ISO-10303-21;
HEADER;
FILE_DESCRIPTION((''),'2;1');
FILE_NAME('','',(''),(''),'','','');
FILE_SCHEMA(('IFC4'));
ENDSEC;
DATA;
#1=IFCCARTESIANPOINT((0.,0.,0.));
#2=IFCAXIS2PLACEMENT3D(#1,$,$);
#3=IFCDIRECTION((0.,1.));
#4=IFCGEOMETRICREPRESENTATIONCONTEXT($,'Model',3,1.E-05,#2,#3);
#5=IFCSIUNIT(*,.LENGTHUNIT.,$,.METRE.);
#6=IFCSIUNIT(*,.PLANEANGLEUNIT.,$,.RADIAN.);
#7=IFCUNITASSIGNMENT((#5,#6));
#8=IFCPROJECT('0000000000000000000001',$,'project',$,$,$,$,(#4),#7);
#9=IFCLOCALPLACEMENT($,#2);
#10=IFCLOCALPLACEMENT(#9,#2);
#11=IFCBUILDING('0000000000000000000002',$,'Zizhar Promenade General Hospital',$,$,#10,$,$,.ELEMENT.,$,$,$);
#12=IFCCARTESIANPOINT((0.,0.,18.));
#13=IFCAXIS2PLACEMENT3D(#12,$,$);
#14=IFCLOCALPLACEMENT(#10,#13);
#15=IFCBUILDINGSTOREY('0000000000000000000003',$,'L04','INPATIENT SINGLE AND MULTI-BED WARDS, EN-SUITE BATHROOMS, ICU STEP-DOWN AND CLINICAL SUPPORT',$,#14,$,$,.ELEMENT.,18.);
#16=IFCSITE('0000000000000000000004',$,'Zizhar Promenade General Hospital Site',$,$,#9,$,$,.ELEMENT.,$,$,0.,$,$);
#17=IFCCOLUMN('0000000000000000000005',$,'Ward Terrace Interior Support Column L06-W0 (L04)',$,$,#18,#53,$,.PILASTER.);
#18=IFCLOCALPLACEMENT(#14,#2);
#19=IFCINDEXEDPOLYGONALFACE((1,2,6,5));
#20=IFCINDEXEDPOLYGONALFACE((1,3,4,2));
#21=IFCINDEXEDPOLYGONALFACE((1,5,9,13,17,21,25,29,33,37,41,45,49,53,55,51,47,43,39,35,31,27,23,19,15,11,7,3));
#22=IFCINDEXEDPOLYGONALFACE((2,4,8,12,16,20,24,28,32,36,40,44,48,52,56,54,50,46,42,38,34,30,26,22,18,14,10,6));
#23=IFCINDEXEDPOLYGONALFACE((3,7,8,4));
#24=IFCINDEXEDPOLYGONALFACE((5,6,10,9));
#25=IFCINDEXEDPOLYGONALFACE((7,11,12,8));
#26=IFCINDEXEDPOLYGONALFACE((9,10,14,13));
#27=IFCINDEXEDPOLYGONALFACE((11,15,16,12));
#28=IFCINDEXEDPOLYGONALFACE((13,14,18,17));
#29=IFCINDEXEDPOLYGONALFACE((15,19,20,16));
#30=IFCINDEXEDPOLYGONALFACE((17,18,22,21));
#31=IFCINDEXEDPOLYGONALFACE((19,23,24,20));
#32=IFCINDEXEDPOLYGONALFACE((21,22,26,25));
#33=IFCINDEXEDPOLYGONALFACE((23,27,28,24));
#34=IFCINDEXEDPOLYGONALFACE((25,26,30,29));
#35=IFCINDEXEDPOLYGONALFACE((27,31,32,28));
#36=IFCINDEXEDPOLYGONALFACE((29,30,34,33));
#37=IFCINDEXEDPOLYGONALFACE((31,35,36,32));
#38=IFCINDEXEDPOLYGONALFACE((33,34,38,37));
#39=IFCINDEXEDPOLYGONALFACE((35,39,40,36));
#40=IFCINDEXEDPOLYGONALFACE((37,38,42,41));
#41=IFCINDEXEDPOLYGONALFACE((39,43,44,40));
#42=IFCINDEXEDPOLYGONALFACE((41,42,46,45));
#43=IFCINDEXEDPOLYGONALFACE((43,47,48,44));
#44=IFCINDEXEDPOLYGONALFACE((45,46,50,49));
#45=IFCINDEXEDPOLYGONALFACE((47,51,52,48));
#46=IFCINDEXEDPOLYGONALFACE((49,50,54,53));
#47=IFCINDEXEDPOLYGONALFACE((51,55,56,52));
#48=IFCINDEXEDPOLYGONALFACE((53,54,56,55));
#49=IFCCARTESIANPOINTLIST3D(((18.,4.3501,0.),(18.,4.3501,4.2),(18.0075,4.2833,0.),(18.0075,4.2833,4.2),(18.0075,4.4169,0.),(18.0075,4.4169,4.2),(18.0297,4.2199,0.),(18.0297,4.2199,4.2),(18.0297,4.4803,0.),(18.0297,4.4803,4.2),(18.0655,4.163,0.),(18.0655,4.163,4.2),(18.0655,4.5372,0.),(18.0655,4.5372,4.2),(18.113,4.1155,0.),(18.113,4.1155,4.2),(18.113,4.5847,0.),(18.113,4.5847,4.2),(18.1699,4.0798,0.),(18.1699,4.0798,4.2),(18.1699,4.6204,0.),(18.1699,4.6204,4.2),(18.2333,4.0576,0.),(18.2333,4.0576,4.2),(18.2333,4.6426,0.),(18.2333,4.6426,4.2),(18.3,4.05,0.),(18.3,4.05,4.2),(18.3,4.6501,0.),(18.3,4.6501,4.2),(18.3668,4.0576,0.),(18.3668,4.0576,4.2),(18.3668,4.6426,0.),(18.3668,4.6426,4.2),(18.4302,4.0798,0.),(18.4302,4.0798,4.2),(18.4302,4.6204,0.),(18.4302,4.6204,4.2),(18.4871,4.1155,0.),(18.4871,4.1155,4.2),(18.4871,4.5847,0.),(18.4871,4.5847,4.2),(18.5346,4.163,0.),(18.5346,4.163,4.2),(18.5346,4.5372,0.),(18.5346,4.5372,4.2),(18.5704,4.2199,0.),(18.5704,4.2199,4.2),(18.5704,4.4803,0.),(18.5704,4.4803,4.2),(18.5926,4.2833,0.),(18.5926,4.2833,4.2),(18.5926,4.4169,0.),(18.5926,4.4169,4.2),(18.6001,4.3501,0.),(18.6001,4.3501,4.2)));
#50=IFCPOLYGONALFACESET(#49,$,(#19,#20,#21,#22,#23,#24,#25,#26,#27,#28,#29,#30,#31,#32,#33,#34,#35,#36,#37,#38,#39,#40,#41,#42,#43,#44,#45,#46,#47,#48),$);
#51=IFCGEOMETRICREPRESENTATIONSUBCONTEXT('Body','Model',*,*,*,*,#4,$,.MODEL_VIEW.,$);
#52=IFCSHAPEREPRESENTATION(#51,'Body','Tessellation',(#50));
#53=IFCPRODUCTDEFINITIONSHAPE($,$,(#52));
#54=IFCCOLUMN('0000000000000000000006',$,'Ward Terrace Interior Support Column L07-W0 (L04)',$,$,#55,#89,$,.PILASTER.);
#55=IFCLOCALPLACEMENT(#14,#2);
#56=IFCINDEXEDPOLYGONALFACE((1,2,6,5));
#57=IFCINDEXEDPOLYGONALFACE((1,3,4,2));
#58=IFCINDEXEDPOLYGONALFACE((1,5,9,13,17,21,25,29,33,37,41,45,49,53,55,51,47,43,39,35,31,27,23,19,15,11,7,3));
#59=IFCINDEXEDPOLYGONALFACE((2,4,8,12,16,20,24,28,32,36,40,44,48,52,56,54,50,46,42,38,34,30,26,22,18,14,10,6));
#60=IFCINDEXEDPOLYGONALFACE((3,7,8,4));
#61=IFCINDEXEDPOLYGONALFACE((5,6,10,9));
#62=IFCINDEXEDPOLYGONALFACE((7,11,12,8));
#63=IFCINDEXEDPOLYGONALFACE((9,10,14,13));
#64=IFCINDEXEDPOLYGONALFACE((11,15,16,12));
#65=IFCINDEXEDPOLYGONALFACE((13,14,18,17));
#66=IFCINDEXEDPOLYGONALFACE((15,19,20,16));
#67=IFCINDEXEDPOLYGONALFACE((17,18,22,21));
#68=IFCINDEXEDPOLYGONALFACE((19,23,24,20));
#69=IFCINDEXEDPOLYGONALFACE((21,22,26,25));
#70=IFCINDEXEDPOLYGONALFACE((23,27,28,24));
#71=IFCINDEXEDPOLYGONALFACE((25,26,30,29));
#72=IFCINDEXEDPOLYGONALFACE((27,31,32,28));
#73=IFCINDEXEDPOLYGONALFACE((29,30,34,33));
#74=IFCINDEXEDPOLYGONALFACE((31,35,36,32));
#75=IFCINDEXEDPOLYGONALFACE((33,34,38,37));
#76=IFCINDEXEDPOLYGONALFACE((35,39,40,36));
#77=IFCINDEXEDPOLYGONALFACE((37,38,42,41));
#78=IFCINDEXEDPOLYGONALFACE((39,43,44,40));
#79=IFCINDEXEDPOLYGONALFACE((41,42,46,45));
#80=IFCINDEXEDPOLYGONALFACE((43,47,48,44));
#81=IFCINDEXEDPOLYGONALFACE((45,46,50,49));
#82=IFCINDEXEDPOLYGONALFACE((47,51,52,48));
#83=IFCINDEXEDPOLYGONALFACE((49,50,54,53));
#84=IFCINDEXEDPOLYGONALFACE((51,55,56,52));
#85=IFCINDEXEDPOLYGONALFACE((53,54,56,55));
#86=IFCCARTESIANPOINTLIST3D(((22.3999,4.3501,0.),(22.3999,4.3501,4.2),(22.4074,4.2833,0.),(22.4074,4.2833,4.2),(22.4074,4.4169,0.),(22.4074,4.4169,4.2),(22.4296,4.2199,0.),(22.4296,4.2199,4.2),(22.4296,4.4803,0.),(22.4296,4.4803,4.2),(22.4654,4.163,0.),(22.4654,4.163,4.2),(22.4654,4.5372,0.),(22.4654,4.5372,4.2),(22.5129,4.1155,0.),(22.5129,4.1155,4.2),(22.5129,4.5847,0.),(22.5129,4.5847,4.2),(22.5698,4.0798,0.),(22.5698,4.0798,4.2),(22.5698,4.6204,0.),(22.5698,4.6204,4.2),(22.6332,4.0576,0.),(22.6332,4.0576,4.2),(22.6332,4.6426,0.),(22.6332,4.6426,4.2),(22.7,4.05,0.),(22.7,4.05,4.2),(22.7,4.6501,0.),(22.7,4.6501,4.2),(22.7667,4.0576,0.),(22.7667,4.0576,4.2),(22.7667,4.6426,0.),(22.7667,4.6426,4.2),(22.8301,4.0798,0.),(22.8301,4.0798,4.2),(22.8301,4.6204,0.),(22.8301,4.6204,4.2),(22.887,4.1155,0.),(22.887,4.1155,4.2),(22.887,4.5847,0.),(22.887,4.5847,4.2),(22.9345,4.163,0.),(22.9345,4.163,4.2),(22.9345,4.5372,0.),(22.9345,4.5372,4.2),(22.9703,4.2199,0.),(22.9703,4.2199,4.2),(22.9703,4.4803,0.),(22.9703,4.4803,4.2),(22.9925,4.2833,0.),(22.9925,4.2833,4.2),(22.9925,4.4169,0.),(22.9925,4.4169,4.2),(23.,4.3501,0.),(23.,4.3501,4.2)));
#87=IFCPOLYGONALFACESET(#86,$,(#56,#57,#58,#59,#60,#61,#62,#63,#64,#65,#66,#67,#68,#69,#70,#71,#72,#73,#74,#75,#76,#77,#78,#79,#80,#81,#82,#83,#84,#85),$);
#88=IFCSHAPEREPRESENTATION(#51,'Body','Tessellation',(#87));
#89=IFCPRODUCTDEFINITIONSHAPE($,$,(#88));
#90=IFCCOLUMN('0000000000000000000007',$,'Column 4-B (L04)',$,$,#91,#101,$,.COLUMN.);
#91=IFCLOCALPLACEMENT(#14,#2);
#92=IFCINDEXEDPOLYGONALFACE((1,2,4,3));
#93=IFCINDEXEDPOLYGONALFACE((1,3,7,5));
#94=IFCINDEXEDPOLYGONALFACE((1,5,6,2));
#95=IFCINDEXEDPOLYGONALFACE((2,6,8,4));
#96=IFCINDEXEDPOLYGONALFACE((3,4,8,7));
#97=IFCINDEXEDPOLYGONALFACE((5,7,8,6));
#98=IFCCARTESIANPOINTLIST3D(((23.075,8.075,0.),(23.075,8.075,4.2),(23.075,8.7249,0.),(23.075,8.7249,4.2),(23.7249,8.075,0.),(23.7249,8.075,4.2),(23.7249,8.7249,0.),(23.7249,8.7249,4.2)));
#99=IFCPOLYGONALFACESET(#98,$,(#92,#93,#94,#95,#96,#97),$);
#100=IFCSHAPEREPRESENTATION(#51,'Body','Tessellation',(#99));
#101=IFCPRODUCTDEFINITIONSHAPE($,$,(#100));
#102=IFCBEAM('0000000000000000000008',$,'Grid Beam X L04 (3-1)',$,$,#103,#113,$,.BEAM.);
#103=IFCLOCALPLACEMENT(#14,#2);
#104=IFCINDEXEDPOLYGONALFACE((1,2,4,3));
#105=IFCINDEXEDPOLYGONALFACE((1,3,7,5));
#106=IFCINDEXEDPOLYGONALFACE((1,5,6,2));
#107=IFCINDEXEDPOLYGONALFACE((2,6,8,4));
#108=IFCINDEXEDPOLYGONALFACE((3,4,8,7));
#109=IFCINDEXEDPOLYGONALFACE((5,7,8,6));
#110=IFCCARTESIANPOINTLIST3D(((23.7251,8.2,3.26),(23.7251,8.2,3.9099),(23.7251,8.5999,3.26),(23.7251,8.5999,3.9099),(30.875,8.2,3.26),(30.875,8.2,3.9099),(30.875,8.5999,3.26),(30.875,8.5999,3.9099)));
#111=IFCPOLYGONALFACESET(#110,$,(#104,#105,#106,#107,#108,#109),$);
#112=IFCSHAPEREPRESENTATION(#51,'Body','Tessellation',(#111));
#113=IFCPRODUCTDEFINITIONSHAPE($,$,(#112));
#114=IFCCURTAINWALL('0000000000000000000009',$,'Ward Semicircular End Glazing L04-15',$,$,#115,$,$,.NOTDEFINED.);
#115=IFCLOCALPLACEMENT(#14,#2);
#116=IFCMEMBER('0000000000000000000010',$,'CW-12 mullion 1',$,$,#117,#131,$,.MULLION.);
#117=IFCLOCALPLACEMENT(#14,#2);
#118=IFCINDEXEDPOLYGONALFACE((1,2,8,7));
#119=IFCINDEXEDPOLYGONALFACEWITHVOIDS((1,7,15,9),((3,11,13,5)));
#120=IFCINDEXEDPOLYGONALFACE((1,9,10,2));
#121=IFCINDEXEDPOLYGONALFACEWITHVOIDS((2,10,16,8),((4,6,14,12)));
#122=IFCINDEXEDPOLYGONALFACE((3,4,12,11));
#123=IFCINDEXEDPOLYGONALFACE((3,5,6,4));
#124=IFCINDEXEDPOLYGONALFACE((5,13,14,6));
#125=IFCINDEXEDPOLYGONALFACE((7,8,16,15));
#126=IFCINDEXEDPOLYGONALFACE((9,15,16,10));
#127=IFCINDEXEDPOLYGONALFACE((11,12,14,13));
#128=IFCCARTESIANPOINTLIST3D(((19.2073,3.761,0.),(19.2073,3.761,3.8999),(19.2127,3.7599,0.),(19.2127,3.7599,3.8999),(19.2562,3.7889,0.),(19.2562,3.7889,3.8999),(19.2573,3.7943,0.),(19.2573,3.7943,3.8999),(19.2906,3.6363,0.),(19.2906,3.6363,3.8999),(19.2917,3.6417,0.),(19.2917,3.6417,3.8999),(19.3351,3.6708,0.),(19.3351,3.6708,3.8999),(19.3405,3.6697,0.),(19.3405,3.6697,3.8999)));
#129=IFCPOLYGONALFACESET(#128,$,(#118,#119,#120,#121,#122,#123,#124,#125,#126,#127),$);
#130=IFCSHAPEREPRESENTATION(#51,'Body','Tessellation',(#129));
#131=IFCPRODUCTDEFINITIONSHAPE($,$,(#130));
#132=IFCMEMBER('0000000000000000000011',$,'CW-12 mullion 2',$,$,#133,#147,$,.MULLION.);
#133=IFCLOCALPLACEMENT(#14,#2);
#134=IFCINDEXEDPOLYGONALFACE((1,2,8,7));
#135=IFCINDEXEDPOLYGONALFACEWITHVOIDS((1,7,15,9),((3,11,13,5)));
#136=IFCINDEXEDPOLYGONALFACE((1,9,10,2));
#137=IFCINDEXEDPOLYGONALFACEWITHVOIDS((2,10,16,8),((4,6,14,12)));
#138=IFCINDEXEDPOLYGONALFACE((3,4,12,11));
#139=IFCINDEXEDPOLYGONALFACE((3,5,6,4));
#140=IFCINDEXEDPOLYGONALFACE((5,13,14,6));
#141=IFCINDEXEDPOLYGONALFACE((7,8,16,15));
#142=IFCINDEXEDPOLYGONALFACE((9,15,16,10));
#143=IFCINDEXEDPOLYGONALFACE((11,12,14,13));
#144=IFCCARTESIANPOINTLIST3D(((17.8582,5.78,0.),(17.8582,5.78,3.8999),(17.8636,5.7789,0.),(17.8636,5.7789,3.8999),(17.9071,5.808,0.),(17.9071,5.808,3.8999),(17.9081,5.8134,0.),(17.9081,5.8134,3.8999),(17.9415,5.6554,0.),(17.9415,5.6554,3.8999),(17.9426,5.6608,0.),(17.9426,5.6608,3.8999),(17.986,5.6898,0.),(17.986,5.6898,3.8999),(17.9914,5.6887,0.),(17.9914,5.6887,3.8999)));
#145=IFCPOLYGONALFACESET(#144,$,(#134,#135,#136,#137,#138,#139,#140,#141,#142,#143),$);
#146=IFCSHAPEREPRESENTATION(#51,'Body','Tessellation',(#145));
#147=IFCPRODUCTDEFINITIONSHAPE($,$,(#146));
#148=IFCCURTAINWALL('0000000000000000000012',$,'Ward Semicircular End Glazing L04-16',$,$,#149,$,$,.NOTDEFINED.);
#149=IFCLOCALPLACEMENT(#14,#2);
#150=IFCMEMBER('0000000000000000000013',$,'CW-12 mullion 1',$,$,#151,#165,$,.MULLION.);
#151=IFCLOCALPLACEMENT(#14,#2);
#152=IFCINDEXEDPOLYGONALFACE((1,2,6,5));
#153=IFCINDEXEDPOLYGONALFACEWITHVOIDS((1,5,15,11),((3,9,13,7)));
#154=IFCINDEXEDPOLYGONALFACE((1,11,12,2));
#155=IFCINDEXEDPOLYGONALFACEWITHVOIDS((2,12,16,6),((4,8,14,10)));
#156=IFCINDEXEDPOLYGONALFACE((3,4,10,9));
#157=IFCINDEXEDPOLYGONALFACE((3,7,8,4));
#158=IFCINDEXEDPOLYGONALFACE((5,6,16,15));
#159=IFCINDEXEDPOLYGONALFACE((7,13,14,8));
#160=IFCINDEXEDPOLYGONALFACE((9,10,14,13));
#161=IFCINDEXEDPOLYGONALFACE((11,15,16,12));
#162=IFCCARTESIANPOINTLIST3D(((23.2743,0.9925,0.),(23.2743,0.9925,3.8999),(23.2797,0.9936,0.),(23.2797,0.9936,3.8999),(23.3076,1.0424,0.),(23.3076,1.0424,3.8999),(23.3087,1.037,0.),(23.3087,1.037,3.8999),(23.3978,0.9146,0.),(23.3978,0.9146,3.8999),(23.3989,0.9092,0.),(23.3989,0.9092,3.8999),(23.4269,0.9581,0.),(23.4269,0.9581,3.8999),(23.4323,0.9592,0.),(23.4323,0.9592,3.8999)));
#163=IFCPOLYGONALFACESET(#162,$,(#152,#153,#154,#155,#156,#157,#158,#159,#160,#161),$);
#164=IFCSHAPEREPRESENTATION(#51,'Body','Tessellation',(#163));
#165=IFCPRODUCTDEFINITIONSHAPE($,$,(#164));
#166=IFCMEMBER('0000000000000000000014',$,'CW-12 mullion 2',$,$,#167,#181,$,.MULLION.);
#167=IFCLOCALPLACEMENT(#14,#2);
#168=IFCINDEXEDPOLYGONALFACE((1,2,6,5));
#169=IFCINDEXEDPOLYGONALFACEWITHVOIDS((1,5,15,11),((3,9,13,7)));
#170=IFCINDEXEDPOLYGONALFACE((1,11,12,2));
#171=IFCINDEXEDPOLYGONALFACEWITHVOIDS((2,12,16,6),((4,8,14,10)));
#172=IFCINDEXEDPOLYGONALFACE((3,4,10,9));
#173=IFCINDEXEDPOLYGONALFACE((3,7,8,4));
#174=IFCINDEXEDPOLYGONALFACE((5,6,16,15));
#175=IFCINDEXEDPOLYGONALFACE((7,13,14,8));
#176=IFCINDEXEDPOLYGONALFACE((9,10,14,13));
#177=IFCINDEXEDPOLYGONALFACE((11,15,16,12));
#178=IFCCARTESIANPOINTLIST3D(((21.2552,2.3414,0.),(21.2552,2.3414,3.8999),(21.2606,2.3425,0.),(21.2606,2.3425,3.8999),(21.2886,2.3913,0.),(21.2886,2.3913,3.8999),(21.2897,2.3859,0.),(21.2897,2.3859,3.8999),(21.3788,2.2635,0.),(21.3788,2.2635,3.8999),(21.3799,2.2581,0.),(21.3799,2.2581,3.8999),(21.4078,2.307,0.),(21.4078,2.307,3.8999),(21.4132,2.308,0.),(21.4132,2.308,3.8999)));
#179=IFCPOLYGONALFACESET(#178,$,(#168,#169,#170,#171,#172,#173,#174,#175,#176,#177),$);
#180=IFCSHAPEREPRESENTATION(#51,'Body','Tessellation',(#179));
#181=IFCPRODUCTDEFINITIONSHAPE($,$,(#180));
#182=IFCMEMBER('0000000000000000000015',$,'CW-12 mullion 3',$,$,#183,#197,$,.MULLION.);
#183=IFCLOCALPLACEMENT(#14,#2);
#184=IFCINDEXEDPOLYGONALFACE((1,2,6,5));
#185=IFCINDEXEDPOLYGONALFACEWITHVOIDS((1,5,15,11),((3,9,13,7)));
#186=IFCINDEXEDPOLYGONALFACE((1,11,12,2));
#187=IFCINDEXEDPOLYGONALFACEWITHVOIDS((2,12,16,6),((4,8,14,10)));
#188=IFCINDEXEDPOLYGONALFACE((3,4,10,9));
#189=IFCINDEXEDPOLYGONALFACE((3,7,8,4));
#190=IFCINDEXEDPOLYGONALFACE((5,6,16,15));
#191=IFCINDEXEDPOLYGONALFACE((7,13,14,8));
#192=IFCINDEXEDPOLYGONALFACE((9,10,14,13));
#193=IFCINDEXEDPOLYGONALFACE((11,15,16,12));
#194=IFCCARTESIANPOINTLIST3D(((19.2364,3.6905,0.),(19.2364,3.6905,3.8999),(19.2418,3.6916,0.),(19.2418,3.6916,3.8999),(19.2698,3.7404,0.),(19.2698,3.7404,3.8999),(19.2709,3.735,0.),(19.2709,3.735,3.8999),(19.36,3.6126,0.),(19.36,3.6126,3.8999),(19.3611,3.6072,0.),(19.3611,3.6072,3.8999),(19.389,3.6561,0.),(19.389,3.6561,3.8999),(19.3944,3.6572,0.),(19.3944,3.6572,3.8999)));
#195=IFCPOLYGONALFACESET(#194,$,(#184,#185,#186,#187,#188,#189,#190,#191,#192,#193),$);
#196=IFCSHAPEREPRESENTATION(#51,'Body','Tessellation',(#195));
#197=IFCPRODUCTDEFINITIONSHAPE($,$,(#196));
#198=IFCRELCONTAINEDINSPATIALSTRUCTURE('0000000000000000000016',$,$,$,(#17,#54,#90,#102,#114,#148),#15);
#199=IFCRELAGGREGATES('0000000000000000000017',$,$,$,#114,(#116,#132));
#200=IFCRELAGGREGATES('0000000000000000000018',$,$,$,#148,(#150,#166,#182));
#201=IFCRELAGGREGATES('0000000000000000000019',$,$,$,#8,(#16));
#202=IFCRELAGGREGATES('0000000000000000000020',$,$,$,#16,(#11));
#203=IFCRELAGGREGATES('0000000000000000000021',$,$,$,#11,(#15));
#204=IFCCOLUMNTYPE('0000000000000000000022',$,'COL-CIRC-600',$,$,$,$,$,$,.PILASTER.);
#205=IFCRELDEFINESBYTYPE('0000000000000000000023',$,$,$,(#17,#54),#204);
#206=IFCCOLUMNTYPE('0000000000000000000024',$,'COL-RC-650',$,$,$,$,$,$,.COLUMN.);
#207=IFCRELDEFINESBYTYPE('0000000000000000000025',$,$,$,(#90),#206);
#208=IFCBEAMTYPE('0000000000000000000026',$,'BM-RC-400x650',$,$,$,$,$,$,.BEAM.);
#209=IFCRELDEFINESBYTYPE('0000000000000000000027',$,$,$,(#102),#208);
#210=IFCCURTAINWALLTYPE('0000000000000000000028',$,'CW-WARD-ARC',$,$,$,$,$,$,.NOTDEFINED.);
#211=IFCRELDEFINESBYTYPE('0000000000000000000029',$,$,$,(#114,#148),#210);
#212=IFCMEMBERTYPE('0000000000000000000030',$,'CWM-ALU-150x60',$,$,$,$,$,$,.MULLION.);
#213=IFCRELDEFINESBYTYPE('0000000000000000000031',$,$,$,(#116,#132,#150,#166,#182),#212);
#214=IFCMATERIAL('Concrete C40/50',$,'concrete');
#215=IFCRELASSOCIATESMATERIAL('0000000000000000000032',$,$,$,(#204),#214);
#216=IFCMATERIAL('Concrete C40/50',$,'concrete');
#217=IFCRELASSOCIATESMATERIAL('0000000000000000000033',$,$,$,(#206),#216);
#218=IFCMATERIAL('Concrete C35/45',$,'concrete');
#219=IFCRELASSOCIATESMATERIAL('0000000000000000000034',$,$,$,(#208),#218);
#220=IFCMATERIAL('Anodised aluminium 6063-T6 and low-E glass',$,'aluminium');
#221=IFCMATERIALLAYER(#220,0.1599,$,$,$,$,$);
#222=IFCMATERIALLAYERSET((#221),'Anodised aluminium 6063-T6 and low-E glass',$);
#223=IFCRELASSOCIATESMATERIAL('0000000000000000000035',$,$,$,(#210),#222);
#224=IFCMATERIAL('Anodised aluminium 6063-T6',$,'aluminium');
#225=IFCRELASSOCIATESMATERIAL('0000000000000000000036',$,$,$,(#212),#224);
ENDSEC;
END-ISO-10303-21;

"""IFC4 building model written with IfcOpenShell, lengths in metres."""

from ifc_helpers import new_model, si_unit, direction, frame, origin, origin_2d, place, context, subcontext, project, spatial, rectangle, hollow_rectangle, circle, extrude, material, layer, layer_set, material_profile, profile_set, type_object, element, aggregate, save


model = new_model("IFC4")

# Units and contexts
model_context = context("Model", 3, precision=1e-05, world=origin(), true_north=direction((0.0, 1.0)))
body_context = subcontext(model_context, "Body", "Model", "MODEL_VIEW")
ifc_project = project(units=[si_unit("LENGTHUNIT", "METRE"), si_unit("PLANEANGLEUNIT", "RADIAN")], contexts=[model_context])

# Site, building, storey
site_placement = place(None, origin())
site = spatial("IfcSite", under=ifc_project, at=site_placement, Name="Zizhar Promenade General Hospital Site", CompositionType="ELEMENT", RefElevation=0.0)
building_placement = place(site_placement, origin())
building = spatial("IfcBuilding", under=site, at=building_placement, Name="Zizhar Promenade General Hospital", CompositionType="ELEMENT")
storey_placement = place(building_placement, frame((0.0, 0.0, 18.0)))
storey = spatial("IfcBuildingStorey", under=building, at=storey_placement, Name="L04", Description="INPATIENT SINGLE AND MULTI-BED WARDS, EN-SUITE BATHROOMS, ICU STEP-DOWN AND CLINICAL SUPPORT", CompositionType="ELEMENT", Elevation=18.0)

# Columns
ifc_material_1 = material(Name="Concrete C40/50", Category="concrete")
ifc_material_profile_1 = material_profile(ifc_material_1, circle(Radius=0.3, at=origin_2d()))
ifc_profile_set_1 = profile_set([ifc_material_profile_1], Name="Concrete C40/50")
column_type_1 = type_object("IfcColumnType", Name="COL-CIRC-600", PredefinedType="PILASTER", material=ifc_profile_set_1)
for number, where, z_axis, x_axis, name in (
    (1, (18.3, 4.3501, 0.0), (0.0, 0.0, 1.0), (1.0, 0.0, 0.0), "Ward Terrace Interior Support Column L06-W0 (L04)"),
    (2, (22.7, 4.3501, 0.0), (0.0, 0.0, 1.0), (1.0, 0.0, 0.0), "Ward Terrace Interior Support Column L07-W0 (L04)"),
):
    element("IfcColumn", number, at=place(storey_placement, frame(where, z_axis=z_axis, x_axis=x_axis)), inside=storey, type_object=column_type_1, Name=name, PredefinedType="PILASTER", context=body_context, shape_type="SweptSolid", body=[
        extrude(circle(Radius=0.3, at=origin_2d()), origin(), (0.0, 0.0, 1.0), 4.2),
    ])
ifc_material_2 = material(Name="Concrete C40/50", Category="concrete")
ifc_material_profile_2 = material_profile(ifc_material_2, rectangle(XDim=0.6499, YDim=0.6499, at=origin_2d()))
ifc_profile_set_2 = profile_set([ifc_material_profile_2], Name="Concrete C40/50")
column_type_2 = type_object("IfcColumnType", Name="COL-RC-650", PredefinedType="COLUMN", material=ifc_profile_set_2)
column_placement = place(storey_placement, frame((23.3999, 8.3999, 0.0), z_axis=(0.0, 0.0, 1.0), x_axis=(1.0, 0.0, 0.0)))
element("IfcColumn", 3, at=column_placement, inside=storey, type_object=column_type_2, Name="Column 4-B (L04)", PredefinedType="COLUMN", context=body_context, shape_type="SweptSolid", body=[
    extrude(rectangle(XDim=0.6499, YDim=0.6499, at=origin_2d()), origin(), (0.0, 0.0, 1.0), 4.2),
])

# Beam
ifc_material_3 = material(Name="Concrete C35/45", Category="concrete")
ifc_material_profile_3 = material_profile(ifc_material_3, rectangle(XDim=0.3999, YDim=0.6499, at=origin_2d()))
ifc_profile_set_3 = profile_set([ifc_material_profile_3], Name="Concrete C35/45")
beam_type = type_object("IfcBeamType", Name="BM-RC-400x650", PredefinedType="BEAM", material=ifc_profile_set_3)
beam_placement = place(storey_placement, frame((23.7251, 8.3999, 3.585), z_axis=(1.0, 0.0, 0.0), x_axis=(0.0, 1.0, 0.0)))
element("IfcBeam", 4, at=beam_placement, inside=storey, type_object=beam_type, Name="Grid Beam X L04 (3-1)", PredefinedType="BEAM", context=body_context, shape_type="SweptSolid", body=[
    extrude(rectangle(XDim=0.3999, YDim=0.6499, at=origin_2d()), origin(), (0.0, 0.0, 1.0), 7.1499),
])

# Curtain walls, members
ifc_material_4 = material(Name="Anodised aluminium 6063-T6 and low-E glass", Category="aluminium")
ifc_layer_1 = layer(ifc_material_4, 0.1599)
ifc_layer_set_1 = layer_set([ifc_layer_1], Name="Anodised aluminium 6063-T6 and low-E glass")
curtain_wall_type = type_object("IfcCurtainWallType", Name="CW-WARD-ARC", PredefinedType="NOTDEFINED", material=ifc_layer_set_1)
curtain_wall_1_placement = place(storey_placement, origin())
curtain_wall_1 = element("IfcCurtainWall", 5, at=curtain_wall_1_placement, inside=storey, type_object=curtain_wall_type, Name="Ward Semicircular End Glazing L04-15", PredefinedType="NOTDEFINED")
ifc_material_5 = material(Name="Anodised aluminium 6063-T6", Category="aluminium")
ifc_material_profile_4 = material_profile(ifc_material_5, hollow_rectangle(XDim=0.0601, YDim=0.1499, WallThickness=0.0039, at=origin_2d()))
ifc_profile_set_4 = profile_set([ifc_material_profile_4], Name="Anodised aluminium 6063-T6")
member_type_1 = type_object("IfcMemberType", Name="CWM-ALU-150x60", PredefinedType="MULLION", material=ifc_profile_set_4)
member_1_placement = place(storey_placement, frame((19.2739, 3.7153, 0.0), z_axis=(0.0, 0.0, 1.0), x_axis=(-0.831462, -0.555582, 0.0)))
member_1 = element("IfcMember", 6, at=member_1_placement, type_object=member_type_1, Name="CW-12 mullion 1", PredefinedType="MULLION", context=body_context, shape_type="SweptSolid", body=[
    extrude(hollow_rectangle(XDim=0.0601, YDim=0.1499, WallThickness=0.0039, at=origin_2d()), origin(), (0.0, 0.0, 1.0), 3.8999),
])
member_2_placement = place(storey_placement, frame((17.9248, 5.7344, 0.0), z_axis=(0.0, 0.0, 1.0), x_axis=(-0.831462, -0.555582, 0.0)))
member_2 = element("IfcMember", 7, at=member_2_placement, type_object=member_type_1, Name="CW-12 mullion 2", PredefinedType="MULLION", context=body_context, shape_type="SweptSolid", body=[
    extrude(hollow_rectangle(XDim=0.0601, YDim=0.1499, WallThickness=0.0039, at=origin_2d()), origin(), (0.0, 0.0, 1.0), 3.8999),
])
curtain_wall_2_placement = place(storey_placement, origin())
curtain_wall_2 = element("IfcCurtainWall", 8, at=curtain_wall_2_placement, inside=storey, type_object=curtain_wall_type, Name="Ward Semicircular End Glazing L04-16", PredefinedType="NOTDEFINED")
member_3_placement = place(storey_placement, frame((23.3533, 0.9758, 0.0), z_axis=(0.0, 0.0, 1.0), x_axis=(-0.555582, -0.831462, 0.0)))
member_3 = element("IfcMember", 9, at=member_3_placement, type_object=member_type_1, Name="CW-12 mullion 1", PredefinedType="MULLION", context=body_context, shape_type="SweptSolid", body=[
    extrude(hollow_rectangle(XDim=0.0601, YDim=0.1499, WallThickness=0.0039, at=origin_2d()), origin(), (0.0, 0.0, 1.0), 3.8999),
])
member_4_placement = place(storey_placement, frame((21.3342, 2.3247, 0.0), z_axis=(0.0, 0.0, 1.0), x_axis=(-0.555582, -0.831462, 0.0)))
member_4 = element("IfcMember", 10, at=member_4_placement, type_object=member_type_1, Name="CW-12 mullion 2", PredefinedType="MULLION", context=body_context, shape_type="SweptSolid", body=[
    extrude(hollow_rectangle(XDim=0.0601, YDim=0.1499, WallThickness=0.0039, at=origin_2d()), origin(), (0.0, 0.0, 1.0), 3.8999),
])
member_5_placement = place(storey_placement, frame((19.3154, 3.6738, 0.0), z_axis=(0.0, 0.0, 1.0), x_axis=(-0.555582, -0.831462, 0.0)))
member_5 = element("IfcMember", 11, at=member_5_placement, type_object=member_type_1, Name="CW-12 mullion 3", PredefinedType="MULLION", context=body_context, shape_type="SweptSolid", body=[
    extrude(hollow_rectangle(XDim=0.0601, YDim=0.1499, WallThickness=0.0039, at=origin_2d()), origin(), (0.0, 0.0, 1.0), 3.8999),
])

aggregate(curtain_wall_1, [member_1, member_2])
aggregate(curtain_wall_2, [member_3, member_4, member_5])

save(model, "model.ifc")
